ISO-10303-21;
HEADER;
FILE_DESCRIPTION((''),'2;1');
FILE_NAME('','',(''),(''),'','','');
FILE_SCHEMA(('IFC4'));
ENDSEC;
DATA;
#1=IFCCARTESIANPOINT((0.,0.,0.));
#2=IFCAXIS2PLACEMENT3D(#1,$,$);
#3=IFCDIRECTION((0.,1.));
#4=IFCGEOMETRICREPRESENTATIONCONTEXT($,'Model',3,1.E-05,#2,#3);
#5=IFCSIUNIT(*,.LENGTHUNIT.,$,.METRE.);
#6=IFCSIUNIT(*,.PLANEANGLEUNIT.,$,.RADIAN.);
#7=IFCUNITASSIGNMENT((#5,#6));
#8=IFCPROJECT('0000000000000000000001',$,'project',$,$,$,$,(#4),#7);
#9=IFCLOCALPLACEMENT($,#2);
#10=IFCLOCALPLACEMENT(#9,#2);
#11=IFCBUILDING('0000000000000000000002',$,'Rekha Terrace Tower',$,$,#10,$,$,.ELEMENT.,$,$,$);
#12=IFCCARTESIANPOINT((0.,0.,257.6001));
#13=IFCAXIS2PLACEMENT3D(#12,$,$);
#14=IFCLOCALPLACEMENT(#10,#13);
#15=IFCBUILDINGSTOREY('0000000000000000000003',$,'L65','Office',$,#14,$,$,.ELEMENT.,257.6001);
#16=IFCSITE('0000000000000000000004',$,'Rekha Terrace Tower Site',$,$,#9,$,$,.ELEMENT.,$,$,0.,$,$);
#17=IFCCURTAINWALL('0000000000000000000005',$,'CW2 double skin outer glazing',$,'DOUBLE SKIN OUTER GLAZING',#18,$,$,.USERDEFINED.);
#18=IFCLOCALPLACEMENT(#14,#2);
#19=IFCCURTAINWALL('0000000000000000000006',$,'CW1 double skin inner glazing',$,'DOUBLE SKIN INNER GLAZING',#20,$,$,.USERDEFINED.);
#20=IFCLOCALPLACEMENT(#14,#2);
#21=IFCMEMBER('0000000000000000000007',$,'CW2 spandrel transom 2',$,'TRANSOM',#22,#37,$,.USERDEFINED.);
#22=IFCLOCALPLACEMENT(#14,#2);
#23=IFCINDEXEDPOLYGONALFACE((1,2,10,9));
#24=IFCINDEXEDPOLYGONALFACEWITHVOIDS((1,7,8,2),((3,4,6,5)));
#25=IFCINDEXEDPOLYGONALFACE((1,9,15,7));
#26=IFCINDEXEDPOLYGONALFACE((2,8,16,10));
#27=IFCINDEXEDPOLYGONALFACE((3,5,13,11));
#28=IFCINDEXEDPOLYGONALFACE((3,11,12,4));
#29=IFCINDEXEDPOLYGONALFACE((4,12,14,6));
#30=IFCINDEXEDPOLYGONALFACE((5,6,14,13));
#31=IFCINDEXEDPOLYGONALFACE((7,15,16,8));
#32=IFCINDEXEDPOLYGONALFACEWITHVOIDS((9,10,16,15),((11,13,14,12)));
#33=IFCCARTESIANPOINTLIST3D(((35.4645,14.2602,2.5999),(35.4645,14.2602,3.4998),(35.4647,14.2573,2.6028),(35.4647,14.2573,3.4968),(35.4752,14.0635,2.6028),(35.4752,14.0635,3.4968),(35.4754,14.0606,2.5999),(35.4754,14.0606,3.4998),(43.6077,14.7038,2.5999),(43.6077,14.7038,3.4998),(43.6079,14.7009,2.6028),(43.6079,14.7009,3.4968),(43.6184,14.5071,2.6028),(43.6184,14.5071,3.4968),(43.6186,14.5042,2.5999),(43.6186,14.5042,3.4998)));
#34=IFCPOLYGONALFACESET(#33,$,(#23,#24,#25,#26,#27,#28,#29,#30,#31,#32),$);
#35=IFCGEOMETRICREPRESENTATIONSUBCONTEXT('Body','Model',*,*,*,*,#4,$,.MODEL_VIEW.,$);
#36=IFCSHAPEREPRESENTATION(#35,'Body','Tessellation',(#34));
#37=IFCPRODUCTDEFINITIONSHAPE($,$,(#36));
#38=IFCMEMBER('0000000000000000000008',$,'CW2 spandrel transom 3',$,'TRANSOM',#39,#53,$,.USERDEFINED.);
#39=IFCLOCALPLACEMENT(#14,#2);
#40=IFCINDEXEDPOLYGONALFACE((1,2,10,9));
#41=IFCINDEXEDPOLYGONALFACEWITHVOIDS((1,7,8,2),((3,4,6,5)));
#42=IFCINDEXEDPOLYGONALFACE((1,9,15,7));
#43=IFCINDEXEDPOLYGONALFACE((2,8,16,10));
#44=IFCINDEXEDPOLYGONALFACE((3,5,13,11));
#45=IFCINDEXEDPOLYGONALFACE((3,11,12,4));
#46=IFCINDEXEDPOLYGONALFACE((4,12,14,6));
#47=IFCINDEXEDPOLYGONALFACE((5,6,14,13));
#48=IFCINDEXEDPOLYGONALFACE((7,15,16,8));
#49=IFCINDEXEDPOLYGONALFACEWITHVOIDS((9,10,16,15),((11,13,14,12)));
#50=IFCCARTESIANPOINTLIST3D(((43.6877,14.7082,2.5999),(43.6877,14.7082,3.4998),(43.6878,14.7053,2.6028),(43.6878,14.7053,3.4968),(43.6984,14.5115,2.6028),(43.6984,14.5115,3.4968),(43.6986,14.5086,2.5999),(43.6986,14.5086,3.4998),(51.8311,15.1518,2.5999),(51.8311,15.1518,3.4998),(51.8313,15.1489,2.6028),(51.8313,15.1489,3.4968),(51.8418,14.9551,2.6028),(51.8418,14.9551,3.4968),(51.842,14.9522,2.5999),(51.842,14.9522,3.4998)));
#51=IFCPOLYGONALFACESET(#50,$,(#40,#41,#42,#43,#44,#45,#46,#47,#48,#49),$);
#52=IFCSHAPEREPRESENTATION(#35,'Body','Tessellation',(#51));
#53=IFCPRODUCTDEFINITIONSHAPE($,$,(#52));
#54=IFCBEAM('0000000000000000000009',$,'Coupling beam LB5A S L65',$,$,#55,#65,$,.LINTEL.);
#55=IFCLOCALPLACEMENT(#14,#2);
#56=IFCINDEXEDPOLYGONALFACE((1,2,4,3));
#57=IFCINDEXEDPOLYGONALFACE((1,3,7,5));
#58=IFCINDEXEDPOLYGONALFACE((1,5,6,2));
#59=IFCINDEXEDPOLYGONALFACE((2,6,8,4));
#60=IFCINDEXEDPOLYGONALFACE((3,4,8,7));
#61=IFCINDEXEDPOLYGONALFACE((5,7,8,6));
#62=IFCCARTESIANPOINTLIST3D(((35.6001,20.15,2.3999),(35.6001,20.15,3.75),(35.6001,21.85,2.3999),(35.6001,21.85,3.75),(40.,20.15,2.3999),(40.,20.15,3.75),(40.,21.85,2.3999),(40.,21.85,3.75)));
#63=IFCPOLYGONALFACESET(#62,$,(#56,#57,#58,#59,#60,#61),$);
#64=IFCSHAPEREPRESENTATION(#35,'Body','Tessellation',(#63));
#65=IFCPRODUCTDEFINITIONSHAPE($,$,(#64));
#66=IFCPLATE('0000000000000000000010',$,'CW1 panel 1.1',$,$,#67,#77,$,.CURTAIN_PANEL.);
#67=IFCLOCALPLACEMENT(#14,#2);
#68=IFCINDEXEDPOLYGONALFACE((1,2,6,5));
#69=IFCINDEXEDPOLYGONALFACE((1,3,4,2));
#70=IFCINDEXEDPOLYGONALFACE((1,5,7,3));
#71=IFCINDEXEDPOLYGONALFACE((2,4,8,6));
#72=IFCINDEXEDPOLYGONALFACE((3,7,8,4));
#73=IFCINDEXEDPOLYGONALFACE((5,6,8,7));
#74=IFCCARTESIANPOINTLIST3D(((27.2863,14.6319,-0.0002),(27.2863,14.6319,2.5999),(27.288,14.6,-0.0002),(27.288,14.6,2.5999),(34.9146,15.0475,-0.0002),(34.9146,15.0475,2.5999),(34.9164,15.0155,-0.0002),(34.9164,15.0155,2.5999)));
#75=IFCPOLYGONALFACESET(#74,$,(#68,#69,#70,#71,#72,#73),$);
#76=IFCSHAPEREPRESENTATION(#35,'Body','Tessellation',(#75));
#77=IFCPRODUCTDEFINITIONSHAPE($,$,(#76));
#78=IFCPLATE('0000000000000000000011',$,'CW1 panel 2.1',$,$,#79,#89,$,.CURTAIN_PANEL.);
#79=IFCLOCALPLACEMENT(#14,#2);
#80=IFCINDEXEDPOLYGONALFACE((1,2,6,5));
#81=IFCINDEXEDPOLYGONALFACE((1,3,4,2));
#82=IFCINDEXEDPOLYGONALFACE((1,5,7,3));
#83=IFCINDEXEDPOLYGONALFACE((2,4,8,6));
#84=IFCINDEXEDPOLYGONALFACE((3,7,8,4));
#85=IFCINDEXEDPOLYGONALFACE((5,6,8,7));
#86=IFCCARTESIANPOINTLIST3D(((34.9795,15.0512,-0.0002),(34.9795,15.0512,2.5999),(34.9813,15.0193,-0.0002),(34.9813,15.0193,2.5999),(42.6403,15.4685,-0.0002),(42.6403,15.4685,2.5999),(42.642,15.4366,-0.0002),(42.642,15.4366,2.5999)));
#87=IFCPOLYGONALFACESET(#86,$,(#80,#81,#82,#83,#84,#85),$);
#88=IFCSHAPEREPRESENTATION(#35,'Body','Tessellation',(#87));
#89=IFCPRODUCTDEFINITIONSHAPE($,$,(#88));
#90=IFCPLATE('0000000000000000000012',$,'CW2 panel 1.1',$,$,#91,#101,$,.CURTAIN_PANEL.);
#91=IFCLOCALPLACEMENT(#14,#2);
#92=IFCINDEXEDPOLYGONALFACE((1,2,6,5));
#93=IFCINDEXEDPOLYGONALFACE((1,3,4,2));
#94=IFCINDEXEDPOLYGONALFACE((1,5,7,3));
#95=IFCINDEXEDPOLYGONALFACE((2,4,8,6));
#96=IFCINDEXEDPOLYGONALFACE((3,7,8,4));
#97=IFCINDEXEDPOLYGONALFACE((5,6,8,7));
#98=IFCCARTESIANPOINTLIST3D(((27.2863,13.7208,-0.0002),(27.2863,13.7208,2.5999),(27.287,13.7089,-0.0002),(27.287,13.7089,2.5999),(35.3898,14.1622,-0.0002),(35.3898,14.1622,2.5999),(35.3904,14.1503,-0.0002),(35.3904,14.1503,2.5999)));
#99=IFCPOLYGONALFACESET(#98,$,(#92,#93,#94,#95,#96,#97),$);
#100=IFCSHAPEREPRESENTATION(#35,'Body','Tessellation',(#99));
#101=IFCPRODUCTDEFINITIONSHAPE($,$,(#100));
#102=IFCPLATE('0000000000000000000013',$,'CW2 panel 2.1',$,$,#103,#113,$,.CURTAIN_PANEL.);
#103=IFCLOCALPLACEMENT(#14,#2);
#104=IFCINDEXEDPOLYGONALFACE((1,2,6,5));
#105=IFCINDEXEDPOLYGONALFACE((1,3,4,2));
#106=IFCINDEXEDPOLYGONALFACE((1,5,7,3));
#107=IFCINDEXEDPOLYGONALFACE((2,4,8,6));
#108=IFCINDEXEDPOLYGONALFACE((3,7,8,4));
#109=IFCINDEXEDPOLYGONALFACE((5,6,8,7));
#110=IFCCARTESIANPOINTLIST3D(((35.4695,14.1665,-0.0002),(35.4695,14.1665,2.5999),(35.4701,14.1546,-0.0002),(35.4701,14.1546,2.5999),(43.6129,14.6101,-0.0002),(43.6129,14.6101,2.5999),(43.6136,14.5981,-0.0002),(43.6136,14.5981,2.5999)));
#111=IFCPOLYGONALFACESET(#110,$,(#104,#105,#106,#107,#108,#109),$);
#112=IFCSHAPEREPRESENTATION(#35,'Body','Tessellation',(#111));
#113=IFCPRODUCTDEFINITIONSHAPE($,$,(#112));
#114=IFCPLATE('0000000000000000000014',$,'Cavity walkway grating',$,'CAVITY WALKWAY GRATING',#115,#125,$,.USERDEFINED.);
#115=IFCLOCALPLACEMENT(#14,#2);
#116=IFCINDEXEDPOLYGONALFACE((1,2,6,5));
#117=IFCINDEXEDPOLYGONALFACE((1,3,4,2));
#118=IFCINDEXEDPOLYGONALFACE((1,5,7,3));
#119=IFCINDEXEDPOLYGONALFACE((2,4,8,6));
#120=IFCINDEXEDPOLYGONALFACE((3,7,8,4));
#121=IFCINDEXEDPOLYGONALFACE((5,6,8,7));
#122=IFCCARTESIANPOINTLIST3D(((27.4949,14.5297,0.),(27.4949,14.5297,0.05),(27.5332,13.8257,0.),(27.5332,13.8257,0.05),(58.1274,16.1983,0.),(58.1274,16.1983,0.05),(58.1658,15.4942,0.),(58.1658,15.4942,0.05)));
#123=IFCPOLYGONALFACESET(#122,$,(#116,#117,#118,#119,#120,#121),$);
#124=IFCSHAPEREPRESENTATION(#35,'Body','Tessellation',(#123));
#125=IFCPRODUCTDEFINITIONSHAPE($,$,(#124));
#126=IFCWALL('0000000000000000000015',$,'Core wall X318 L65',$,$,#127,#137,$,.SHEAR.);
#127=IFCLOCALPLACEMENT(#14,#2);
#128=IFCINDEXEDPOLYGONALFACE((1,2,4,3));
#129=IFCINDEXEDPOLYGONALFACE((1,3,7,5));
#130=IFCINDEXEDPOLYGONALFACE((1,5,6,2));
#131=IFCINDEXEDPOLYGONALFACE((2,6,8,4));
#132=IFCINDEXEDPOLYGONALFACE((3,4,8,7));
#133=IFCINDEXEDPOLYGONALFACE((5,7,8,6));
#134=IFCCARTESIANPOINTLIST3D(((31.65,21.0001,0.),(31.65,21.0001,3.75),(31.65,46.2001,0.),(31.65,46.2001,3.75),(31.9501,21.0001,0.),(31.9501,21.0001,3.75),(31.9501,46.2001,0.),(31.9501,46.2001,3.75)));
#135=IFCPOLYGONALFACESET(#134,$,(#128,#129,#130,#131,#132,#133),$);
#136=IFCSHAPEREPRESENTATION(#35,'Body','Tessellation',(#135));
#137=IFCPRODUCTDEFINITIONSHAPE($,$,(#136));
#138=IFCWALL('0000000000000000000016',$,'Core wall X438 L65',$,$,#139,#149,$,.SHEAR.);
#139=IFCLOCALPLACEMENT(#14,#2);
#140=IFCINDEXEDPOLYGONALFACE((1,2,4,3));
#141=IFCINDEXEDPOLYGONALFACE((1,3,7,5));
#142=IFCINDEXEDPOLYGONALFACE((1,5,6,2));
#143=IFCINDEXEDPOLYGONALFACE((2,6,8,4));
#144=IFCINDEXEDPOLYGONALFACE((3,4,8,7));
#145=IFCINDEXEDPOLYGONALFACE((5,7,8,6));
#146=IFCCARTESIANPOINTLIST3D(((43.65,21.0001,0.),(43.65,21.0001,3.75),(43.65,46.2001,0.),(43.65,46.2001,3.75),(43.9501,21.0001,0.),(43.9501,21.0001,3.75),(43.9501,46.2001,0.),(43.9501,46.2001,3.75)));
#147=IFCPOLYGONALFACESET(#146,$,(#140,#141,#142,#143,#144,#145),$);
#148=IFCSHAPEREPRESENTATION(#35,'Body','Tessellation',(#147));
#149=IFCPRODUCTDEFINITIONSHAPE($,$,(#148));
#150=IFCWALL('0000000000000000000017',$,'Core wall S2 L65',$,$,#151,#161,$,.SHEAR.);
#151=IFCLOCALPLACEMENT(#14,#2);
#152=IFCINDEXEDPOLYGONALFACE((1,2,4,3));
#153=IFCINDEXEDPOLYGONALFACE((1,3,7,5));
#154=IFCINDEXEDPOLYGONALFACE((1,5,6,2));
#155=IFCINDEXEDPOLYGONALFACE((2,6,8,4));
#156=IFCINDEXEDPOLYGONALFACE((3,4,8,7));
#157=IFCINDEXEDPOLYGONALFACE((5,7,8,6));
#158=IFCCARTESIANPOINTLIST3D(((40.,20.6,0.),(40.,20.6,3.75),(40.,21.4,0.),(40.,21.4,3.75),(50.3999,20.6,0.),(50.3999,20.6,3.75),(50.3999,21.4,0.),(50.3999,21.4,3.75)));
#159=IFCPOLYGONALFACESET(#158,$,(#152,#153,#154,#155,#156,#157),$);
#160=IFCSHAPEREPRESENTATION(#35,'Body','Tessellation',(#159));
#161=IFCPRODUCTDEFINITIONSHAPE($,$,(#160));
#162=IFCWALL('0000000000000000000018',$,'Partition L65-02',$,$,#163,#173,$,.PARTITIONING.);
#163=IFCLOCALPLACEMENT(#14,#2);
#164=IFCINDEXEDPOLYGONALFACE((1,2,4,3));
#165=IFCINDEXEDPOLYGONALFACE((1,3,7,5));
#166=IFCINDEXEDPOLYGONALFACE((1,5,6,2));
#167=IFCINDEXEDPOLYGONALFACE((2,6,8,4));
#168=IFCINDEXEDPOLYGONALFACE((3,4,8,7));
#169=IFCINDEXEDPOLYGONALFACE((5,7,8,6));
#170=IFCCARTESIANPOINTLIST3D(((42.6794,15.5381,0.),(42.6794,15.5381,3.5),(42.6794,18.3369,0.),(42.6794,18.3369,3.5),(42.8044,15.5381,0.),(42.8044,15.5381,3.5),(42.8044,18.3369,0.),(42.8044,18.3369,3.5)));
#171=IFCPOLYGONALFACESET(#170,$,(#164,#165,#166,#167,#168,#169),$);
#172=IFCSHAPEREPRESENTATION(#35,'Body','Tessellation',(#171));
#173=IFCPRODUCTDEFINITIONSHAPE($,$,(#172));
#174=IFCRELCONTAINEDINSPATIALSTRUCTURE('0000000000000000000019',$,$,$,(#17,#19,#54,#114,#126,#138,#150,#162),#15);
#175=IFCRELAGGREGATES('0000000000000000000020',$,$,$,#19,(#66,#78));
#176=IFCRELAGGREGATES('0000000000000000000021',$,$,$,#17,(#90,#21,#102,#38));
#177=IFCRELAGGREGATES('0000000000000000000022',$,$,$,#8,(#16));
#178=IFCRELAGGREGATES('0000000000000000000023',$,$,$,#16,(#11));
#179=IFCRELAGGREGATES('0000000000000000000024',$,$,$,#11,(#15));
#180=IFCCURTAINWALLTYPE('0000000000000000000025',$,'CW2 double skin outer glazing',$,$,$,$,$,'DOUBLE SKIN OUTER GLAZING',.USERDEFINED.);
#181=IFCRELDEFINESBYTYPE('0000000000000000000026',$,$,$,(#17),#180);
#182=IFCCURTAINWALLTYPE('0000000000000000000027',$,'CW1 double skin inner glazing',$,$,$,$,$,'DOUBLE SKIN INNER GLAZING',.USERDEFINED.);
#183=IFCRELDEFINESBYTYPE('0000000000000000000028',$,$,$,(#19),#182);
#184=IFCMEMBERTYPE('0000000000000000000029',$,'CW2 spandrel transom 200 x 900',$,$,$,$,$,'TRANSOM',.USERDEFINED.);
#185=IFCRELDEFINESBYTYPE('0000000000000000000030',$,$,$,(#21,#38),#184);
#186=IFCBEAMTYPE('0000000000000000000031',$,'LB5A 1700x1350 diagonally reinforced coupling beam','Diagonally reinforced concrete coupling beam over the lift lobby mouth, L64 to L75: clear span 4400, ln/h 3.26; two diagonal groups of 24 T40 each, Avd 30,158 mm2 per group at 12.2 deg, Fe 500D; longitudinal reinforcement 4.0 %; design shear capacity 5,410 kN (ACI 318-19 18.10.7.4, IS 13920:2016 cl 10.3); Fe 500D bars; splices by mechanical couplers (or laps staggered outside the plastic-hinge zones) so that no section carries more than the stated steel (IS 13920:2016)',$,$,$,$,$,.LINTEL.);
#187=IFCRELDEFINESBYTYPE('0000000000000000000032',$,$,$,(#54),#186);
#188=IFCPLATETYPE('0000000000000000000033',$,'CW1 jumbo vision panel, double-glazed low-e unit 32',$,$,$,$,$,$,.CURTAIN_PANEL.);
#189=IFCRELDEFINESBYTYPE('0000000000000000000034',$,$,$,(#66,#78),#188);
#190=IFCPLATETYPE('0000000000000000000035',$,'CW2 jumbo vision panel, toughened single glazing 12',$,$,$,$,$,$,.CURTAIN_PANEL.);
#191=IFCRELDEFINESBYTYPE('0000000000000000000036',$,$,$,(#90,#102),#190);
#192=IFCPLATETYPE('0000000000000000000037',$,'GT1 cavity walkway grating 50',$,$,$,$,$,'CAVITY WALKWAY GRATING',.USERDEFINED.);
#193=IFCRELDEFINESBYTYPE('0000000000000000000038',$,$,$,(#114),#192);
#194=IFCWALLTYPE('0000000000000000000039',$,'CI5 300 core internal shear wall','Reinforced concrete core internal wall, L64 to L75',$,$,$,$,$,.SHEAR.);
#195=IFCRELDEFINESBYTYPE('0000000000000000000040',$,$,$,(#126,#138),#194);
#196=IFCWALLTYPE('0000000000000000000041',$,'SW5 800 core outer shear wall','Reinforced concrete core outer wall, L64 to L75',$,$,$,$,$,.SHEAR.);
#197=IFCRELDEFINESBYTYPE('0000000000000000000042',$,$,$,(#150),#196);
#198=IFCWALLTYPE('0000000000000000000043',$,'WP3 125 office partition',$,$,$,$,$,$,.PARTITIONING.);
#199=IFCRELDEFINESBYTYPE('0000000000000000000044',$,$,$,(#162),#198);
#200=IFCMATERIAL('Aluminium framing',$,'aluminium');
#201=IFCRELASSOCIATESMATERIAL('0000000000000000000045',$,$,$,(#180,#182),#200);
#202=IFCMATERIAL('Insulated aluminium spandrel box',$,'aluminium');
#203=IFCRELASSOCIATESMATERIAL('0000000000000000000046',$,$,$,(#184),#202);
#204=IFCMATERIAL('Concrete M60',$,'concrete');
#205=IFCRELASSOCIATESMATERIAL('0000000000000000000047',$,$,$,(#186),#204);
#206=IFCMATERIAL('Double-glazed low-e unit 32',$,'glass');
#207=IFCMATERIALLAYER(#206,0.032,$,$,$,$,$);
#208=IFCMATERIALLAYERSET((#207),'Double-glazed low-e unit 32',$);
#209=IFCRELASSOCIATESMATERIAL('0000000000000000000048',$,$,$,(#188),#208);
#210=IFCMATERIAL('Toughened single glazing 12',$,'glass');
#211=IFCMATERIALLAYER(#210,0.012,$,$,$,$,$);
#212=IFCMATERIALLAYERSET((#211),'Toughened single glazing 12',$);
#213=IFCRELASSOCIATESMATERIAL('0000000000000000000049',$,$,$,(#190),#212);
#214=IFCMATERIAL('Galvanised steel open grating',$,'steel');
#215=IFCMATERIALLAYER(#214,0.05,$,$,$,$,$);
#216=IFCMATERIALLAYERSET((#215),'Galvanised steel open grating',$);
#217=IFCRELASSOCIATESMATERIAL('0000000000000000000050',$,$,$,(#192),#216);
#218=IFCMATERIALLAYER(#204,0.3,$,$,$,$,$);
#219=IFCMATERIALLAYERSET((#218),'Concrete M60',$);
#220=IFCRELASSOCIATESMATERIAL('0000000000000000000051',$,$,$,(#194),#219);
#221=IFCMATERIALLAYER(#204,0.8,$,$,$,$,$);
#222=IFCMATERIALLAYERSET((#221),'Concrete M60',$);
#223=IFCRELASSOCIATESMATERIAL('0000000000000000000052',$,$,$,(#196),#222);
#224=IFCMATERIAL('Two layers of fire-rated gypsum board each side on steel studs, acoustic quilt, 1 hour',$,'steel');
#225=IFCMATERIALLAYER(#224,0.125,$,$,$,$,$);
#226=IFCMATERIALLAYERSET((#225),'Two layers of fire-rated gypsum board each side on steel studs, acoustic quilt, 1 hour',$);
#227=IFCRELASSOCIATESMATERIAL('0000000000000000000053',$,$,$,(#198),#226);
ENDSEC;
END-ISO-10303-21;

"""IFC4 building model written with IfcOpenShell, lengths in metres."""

from ifc_helpers import new_model, si_unit, direction, frame, frame_2d, origin, origin_2d, place, context, subcontext, project, spatial, rectangle, hollow_rectangle, extrude, material, layer, layer_set, material_profile, profile_set, type_object, element, aggregate, save


model = new_model("IFC4")

# Units and contexts
model_context = context("Model", 3, precision=1e-05, world=origin(), true_north=direction((0.0, 1.0)))
body_context = subcontext(model_context, "Body", "Model", "MODEL_VIEW")
ifc_project = project(units=[si_unit("LENGTHUNIT", "METRE"), si_unit("PLANEANGLEUNIT", "RADIAN")], contexts=[model_context])

# Site, building, storey
site_placement = place(None, origin())
site = spatial("IfcSite", under=ifc_project, at=site_placement, Name="Rekha Terrace Tower Site", CompositionType="ELEMENT", RefElevation=0.0)
building_placement = place(site_placement, origin())
building = spatial("IfcBuilding", under=site, at=building_placement, Name="Rekha Terrace Tower", CompositionType="ELEMENT")
storey_placement = place(building_placement, frame((0.0, 0.0, 257.6001)))
storey = spatial("IfcBuildingStorey", under=building, at=storey_placement, Name="L65", Description="Office", CompositionType="ELEMENT", Elevation=257.6001)

# Curtain walls
ifc_material_1 = material(Name="Aluminium framing", Category="aluminium")
curtain_wall_type_1 = type_object("IfcCurtainWallType", Name="CW2 double skin outer glazing", ElementType="DOUBLE SKIN OUTER GLAZING", PredefinedType="USERDEFINED", material=ifc_material_1)
curtain_wall_1_placement = place(storey_placement, origin())
curtain_wall_1 = element("IfcCurtainWall", 1, at=curtain_wall_1_placement, inside=storey, type_object=curtain_wall_type_1, Name="CW2 double skin outer glazing", ObjectType="DOUBLE SKIN OUTER GLAZING", PredefinedType="USERDEFINED")
curtain_wall_type_2 = type_object("IfcCurtainWallType", Name="CW1 double skin inner glazing", ElementType="DOUBLE SKIN INNER GLAZING", PredefinedType="USERDEFINED", material=ifc_material_1)
curtain_wall_2_placement = place(storey_placement, origin())
curtain_wall_2 = element("IfcCurtainWall", 2, at=curtain_wall_2_placement, inside=storey, type_object=curtain_wall_type_2, Name="CW1 double skin inner glazing", ObjectType="DOUBLE SKIN INNER GLAZING", PredefinedType="USERDEFINED")
ifc_material_2 = material(Name="Insulated aluminium spandrel box", Category="aluminium")

# Members
ifc_material_profile_1 = material_profile(ifc_material_2, hollow_rectangle(XDim=0.2, YDim=0.8999, WallThickness=0.0029, at=origin_2d()), Name="AL SPANDREL BOX 200x900")
ifc_profile_set_1 = profile_set([ifc_material_profile_1], Name="Insulated aluminium spandrel box")
member_type_1 = type_object("IfcMemberType", Name="CW2 spandrel transom 200 x 900", ElementType="TRANSOM", PredefinedType="USERDEFINED", material=ifc_profile_set_1)
member_1_placement = place(storey_placement, frame((35.47, 14.1604, 3.0498), z_axis=(0.99852, 0.054394, 0.0), x_axis=(-0.054394, 0.99852, 0.0)))
member_1 = element("IfcMember", 3, at=member_1_placement, type_object=member_type_1, Name="CW2 spandrel transom 2", ObjectType="TRANSOM", PredefinedType="USERDEFINED", context=body_context, shape_type="SweptSolid", body=[
    extrude(hollow_rectangle(XDim=0.2, YDim=0.8999, WallThickness=0.0029, at=origin_2d()), origin(), (0.0, 0.0, 1.0), 8.1553),
])
member_2_placement = place(storey_placement, frame((43.6931, 14.6084, 3.0498), z_axis=(0.99852, 0.054392, 0.0), x_axis=(-0.054392, 0.99852, 0.0)))
member_2 = element("IfcMember", 4, at=member_2_placement, type_object=member_type_1, Name="CW2 spandrel transom 3", ObjectType="TRANSOM", PredefinedType="USERDEFINED", context=body_context, shape_type="SweptSolid", body=[
    extrude(hollow_rectangle(XDim=0.2, YDim=0.8999, WallThickness=0.0029, at=origin_2d()), origin(), (0.0, 0.0, 1.0), 8.1555),
])

# Beam
ifc_material_3 = material(Name="Concrete M60", Category="concrete")
ifc_material_profile_2 = material_profile(ifc_material_3, rectangle(XDim=1.7, YDim=1.3501, at=origin_2d()), Name="RC 1700x1350")
ifc_profile_set_2 = profile_set([ifc_material_profile_2], Name="Concrete M60")
beam_type = type_object("IfcBeamType", Name="LB5A 1700x1350 diagonally reinforced coupling beam", Description="Diagonally reinforced concrete coupling beam over the lift lobby mouth, L64 to L75: clear span 4400, ln/h 3.26; two diagonal groups of 24 T40 each, Avd 30,158 mm2 per group at 12.2 deg, Fe 500D; longitudinal reinforcement 4.0 %; design shear capacity 5,410 kN (ACI 318-19 18.10.7.4, IS 13920:2016 cl 10.3); Fe 500D bars; splices by mechanical couplers (or laps staggered outside the plastic-hinge zones) so that no section carries more than the stated steel (IS 13920:2016)", PredefinedType="LINTEL", material=ifc_profile_set_2)
beam_placement = place(storey_placement, frame((35.6001, 21.0, 3.075), z_axis=(1.0, 0.0, 0.0), x_axis=(0.0, 1.0, 0.0)))
element("IfcBeam", 5, at=beam_placement, inside=storey, type_object=beam_type, Name="Coupling beam LB5A S L65", PredefinedType="LINTEL", context=body_context, shape_type="SweptSolid", body=[
    extrude(rectangle(XDim=1.7, YDim=1.3501, at=origin_2d()), origin(), (0.0, 0.0, 1.0), 4.3999),
])

# Plates
ifc_material_4 = material(Name="Double-glazed low-e unit 32", Category="glass")
ifc_layer_1 = layer(ifc_material_4, 0.032)
ifc_layer_set_1 = layer_set([ifc_layer_1], Name="Double-glazed low-e unit 32")
plate_type_1 = type_object("IfcPlateType", Name="CW1 jumbo vision panel, double-glazed low-e unit 32", PredefinedType="CURTAIN_PANEL", material=ifc_layer_set_1)
plate_1_placement = place(storey_placement, frame((31.1013, 14.8237, -0.0002), z_axis=(0.0, 0.0, 1.0), x_axis=(0.99852, 0.054389, 0.0)))
plate_1 = element("IfcPlate", 6, at=plate_1_placement, type_object=plate_type_1, Name="CW1 panel 1.1", PredefinedType="CURTAIN_PANEL", context=body_context, shape_type="SweptSolid", body=[
    extrude(rectangle(XDim=7.6396, YDim=0.032, at=origin_2d()), origin(), (0.0, 0.0, 1.0), 2.6001),
])
plate_2_placement = place(storey_placement, frame((38.8108, 15.2439, -0.0002), z_axis=(0.0, 0.0, 1.0), x_axis=(0.99852, 0.054389, 0.0)))
plate_2 = element("IfcPlate", 7, at=plate_2_placement, type_object=plate_type_1, Name="CW1 panel 2.1", PredefinedType="CURTAIN_PANEL", context=body_context, shape_type="SweptSolid", body=[
    extrude(rectangle(XDim=7.6721, YDim=0.032, at=origin_2d()), origin(), (0.0, 0.0, 1.0), 2.6001),
])
aggregate(curtain_wall_2, [plate_1, plate_2])
ifc_material_5 = material(Name="Toughened single glazing 12", Category="glass")
ifc_layer_2 = layer(ifc_material_5, 0.012)
ifc_layer_set_2 = layer_set([ifc_layer_2], Name="Toughened single glazing 12")
plate_type_2 = type_object("IfcPlateType", Name="CW2 jumbo vision panel, toughened single glazing 12", PredefinedType="CURTAIN_PANEL", material=ifc_layer_set_2)
plate_3_placement = place(storey_placement, frame((31.3384, 13.9355, -0.0002), z_axis=(0.0, 0.0, 1.0), x_axis=(0.99852, 0.054389, 0.0)))
plate_3 = element("IfcPlate", 8, at=plate_3_placement, type_object=plate_type_2, Name="CW2 panel 1.1", PredefinedType="CURTAIN_PANEL", context=body_context, shape_type="SweptSolid", body=[
    extrude(rectangle(XDim=8.1155, YDim=0.012, at=origin_2d()), origin(), (0.0, 0.0, 1.0), 2.6001),
])
plate_4_placement = place(storey_placement, frame((39.5415, 14.3823, -0.0002), z_axis=(0.0, 0.0, 1.0), x_axis=(0.99852, 0.054389, 0.0)))
plate_4 = element("IfcPlate", 9, at=plate_4_placement, type_object=plate_type_2, Name="CW2 panel 2.1", PredefinedType="CURTAIN_PANEL", context=body_context, shape_type="SweptSolid", body=[
    extrude(rectangle(XDim=8.1555, YDim=0.012, at=origin_2d()), origin(), (0.0, 0.0, 1.0), 2.6001),
])
aggregate(curtain_wall_1, [plate_3, member_1, plate_4, member_2])
ifc_material_6 = material(Name="Galvanised steel open grating", Category="steel")
ifc_layer_3 = layer(ifc_material_6, 0.05)
ifc_layer_set_3 = layer_set([ifc_layer_3], Name="Galvanised steel open grating")
plate_type_3 = type_object("IfcPlateType", Name="GT1 cavity walkway grating 50", ElementType="CAVITY WALKWAY GRATING", PredefinedType="USERDEFINED", material=ifc_layer_set_3)
plate_5_placement = place(storey_placement, frame((42.8303, 15.012, 0.0), z_axis=(0.0, 0.0, 1.0), x_axis=(0.99852, 0.054389, 0.0)))
element("IfcPlate", 10, at=plate_5_placement, inside=storey, type_object=plate_type_3, Name="Cavity walkway grating", ObjectType="CAVITY WALKWAY GRATING", PredefinedType="USERDEFINED", context=body_context, shape_type="SweptSolid", body=[
    extrude(rectangle(XDim=30.678, YDim=0.7051, at=origin_2d()), origin(), (0.0, 0.0, 1.0), 0.05),
])

# Walls
ifc_layer_4 = layer(ifc_material_3, 0.3)
ifc_layer_set_4 = layer_set([ifc_layer_4], Name="Concrete M60")
wall_type_1 = type_object("IfcWallType", Name="CI5 300 core internal shear wall", Description="Reinforced concrete core internal wall, L64 to L75", PredefinedType="SHEAR", material=ifc_layer_set_4)
for number, where, z_axis, x_axis, name in (
    (11, (31.8, 21.0, 0.0), (0.0, 0.0, 1.0), (0.0, 1.0, 0.0), "Core wall X318 L65"),
    (12, (43.8, 21.0, 0.0), (0.0, 0.0, 1.0), (0.0, 1.0, 0.0), "Core wall X438 L65"),
):
    element("IfcWall", number, at=place(storey_placement, frame(where, z_axis=z_axis, x_axis=x_axis)), inside=storey, type_object=wall_type_1, Name=name, PredefinedType="SHEAR", context=body_context, shape_type="SweptSolid", body=[
        extrude(rectangle(XDim=25.2, YDim=0.3, at=frame_2d((12.6001, 0.0))), origin(), (0.0, 0.0, 1.0), 3.75),
    ])
ifc_layer_5 = layer(ifc_material_3, 0.8)
ifc_layer_set_5 = layer_set([ifc_layer_5], Name="Concrete M60")
wall_type_2 = type_object("IfcWallType", Name="SW5 800 core outer shear wall", Description="Reinforced concrete core outer wall, L64 to L75", PredefinedType="SHEAR", material=ifc_layer_set_5)
wall_1_placement = place(storey_placement, frame((40.0, 21.0, 0.0), z_axis=(0.0, 0.0, 1.0), x_axis=(1.0, 0.0, 0.0)))
element("IfcWall", 13, at=wall_1_placement, inside=storey, type_object=wall_type_2, Name="Core wall S2 L65", PredefinedType="SHEAR", context=body_context, shape_type="SweptSolid", body=[
    extrude(rectangle(XDim=10.3999, YDim=0.8, at=frame_2d((5.2, 0.0))), origin(), (0.0, 0.0, 1.0), 3.75),
])
ifc_material_7 = material(Name="Two layers of fire-rated gypsum board each side on steel studs, acoustic quilt, 1 hour", Category="steel")
ifc_layer_6 = layer(ifc_material_7, 0.125)
ifc_layer_set_6 = layer_set([ifc_layer_6], Name="Two layers of fire-rated gypsum board each side on steel studs, acoustic quilt, 1 hour")
wall_type_3 = type_object("IfcWallType", Name="WP3 125 office partition", PredefinedType="PARTITIONING", material=ifc_layer_set_6)
wall_2_placement = place(storey_placement, frame((42.7419, 15.5381, 0.0), z_axis=(0.0, 0.0, 1.0), x_axis=(0.0, 1.0, 0.0)))
element("IfcWall", 14, at=wall_2_placement, inside=storey, type_object=wall_type_3, Name="Partition L65-02", PredefinedType="PARTITIONING", context=body_context, shape_type="SweptSolid", body=[
    extrude(rectangle(XDim=2.7988, YDim=0.125, at=frame_2d((1.3994, 0.0))), origin(), (0.0, 0.0, 1.0), 3.5),
])

save(model, "model.ifc")
